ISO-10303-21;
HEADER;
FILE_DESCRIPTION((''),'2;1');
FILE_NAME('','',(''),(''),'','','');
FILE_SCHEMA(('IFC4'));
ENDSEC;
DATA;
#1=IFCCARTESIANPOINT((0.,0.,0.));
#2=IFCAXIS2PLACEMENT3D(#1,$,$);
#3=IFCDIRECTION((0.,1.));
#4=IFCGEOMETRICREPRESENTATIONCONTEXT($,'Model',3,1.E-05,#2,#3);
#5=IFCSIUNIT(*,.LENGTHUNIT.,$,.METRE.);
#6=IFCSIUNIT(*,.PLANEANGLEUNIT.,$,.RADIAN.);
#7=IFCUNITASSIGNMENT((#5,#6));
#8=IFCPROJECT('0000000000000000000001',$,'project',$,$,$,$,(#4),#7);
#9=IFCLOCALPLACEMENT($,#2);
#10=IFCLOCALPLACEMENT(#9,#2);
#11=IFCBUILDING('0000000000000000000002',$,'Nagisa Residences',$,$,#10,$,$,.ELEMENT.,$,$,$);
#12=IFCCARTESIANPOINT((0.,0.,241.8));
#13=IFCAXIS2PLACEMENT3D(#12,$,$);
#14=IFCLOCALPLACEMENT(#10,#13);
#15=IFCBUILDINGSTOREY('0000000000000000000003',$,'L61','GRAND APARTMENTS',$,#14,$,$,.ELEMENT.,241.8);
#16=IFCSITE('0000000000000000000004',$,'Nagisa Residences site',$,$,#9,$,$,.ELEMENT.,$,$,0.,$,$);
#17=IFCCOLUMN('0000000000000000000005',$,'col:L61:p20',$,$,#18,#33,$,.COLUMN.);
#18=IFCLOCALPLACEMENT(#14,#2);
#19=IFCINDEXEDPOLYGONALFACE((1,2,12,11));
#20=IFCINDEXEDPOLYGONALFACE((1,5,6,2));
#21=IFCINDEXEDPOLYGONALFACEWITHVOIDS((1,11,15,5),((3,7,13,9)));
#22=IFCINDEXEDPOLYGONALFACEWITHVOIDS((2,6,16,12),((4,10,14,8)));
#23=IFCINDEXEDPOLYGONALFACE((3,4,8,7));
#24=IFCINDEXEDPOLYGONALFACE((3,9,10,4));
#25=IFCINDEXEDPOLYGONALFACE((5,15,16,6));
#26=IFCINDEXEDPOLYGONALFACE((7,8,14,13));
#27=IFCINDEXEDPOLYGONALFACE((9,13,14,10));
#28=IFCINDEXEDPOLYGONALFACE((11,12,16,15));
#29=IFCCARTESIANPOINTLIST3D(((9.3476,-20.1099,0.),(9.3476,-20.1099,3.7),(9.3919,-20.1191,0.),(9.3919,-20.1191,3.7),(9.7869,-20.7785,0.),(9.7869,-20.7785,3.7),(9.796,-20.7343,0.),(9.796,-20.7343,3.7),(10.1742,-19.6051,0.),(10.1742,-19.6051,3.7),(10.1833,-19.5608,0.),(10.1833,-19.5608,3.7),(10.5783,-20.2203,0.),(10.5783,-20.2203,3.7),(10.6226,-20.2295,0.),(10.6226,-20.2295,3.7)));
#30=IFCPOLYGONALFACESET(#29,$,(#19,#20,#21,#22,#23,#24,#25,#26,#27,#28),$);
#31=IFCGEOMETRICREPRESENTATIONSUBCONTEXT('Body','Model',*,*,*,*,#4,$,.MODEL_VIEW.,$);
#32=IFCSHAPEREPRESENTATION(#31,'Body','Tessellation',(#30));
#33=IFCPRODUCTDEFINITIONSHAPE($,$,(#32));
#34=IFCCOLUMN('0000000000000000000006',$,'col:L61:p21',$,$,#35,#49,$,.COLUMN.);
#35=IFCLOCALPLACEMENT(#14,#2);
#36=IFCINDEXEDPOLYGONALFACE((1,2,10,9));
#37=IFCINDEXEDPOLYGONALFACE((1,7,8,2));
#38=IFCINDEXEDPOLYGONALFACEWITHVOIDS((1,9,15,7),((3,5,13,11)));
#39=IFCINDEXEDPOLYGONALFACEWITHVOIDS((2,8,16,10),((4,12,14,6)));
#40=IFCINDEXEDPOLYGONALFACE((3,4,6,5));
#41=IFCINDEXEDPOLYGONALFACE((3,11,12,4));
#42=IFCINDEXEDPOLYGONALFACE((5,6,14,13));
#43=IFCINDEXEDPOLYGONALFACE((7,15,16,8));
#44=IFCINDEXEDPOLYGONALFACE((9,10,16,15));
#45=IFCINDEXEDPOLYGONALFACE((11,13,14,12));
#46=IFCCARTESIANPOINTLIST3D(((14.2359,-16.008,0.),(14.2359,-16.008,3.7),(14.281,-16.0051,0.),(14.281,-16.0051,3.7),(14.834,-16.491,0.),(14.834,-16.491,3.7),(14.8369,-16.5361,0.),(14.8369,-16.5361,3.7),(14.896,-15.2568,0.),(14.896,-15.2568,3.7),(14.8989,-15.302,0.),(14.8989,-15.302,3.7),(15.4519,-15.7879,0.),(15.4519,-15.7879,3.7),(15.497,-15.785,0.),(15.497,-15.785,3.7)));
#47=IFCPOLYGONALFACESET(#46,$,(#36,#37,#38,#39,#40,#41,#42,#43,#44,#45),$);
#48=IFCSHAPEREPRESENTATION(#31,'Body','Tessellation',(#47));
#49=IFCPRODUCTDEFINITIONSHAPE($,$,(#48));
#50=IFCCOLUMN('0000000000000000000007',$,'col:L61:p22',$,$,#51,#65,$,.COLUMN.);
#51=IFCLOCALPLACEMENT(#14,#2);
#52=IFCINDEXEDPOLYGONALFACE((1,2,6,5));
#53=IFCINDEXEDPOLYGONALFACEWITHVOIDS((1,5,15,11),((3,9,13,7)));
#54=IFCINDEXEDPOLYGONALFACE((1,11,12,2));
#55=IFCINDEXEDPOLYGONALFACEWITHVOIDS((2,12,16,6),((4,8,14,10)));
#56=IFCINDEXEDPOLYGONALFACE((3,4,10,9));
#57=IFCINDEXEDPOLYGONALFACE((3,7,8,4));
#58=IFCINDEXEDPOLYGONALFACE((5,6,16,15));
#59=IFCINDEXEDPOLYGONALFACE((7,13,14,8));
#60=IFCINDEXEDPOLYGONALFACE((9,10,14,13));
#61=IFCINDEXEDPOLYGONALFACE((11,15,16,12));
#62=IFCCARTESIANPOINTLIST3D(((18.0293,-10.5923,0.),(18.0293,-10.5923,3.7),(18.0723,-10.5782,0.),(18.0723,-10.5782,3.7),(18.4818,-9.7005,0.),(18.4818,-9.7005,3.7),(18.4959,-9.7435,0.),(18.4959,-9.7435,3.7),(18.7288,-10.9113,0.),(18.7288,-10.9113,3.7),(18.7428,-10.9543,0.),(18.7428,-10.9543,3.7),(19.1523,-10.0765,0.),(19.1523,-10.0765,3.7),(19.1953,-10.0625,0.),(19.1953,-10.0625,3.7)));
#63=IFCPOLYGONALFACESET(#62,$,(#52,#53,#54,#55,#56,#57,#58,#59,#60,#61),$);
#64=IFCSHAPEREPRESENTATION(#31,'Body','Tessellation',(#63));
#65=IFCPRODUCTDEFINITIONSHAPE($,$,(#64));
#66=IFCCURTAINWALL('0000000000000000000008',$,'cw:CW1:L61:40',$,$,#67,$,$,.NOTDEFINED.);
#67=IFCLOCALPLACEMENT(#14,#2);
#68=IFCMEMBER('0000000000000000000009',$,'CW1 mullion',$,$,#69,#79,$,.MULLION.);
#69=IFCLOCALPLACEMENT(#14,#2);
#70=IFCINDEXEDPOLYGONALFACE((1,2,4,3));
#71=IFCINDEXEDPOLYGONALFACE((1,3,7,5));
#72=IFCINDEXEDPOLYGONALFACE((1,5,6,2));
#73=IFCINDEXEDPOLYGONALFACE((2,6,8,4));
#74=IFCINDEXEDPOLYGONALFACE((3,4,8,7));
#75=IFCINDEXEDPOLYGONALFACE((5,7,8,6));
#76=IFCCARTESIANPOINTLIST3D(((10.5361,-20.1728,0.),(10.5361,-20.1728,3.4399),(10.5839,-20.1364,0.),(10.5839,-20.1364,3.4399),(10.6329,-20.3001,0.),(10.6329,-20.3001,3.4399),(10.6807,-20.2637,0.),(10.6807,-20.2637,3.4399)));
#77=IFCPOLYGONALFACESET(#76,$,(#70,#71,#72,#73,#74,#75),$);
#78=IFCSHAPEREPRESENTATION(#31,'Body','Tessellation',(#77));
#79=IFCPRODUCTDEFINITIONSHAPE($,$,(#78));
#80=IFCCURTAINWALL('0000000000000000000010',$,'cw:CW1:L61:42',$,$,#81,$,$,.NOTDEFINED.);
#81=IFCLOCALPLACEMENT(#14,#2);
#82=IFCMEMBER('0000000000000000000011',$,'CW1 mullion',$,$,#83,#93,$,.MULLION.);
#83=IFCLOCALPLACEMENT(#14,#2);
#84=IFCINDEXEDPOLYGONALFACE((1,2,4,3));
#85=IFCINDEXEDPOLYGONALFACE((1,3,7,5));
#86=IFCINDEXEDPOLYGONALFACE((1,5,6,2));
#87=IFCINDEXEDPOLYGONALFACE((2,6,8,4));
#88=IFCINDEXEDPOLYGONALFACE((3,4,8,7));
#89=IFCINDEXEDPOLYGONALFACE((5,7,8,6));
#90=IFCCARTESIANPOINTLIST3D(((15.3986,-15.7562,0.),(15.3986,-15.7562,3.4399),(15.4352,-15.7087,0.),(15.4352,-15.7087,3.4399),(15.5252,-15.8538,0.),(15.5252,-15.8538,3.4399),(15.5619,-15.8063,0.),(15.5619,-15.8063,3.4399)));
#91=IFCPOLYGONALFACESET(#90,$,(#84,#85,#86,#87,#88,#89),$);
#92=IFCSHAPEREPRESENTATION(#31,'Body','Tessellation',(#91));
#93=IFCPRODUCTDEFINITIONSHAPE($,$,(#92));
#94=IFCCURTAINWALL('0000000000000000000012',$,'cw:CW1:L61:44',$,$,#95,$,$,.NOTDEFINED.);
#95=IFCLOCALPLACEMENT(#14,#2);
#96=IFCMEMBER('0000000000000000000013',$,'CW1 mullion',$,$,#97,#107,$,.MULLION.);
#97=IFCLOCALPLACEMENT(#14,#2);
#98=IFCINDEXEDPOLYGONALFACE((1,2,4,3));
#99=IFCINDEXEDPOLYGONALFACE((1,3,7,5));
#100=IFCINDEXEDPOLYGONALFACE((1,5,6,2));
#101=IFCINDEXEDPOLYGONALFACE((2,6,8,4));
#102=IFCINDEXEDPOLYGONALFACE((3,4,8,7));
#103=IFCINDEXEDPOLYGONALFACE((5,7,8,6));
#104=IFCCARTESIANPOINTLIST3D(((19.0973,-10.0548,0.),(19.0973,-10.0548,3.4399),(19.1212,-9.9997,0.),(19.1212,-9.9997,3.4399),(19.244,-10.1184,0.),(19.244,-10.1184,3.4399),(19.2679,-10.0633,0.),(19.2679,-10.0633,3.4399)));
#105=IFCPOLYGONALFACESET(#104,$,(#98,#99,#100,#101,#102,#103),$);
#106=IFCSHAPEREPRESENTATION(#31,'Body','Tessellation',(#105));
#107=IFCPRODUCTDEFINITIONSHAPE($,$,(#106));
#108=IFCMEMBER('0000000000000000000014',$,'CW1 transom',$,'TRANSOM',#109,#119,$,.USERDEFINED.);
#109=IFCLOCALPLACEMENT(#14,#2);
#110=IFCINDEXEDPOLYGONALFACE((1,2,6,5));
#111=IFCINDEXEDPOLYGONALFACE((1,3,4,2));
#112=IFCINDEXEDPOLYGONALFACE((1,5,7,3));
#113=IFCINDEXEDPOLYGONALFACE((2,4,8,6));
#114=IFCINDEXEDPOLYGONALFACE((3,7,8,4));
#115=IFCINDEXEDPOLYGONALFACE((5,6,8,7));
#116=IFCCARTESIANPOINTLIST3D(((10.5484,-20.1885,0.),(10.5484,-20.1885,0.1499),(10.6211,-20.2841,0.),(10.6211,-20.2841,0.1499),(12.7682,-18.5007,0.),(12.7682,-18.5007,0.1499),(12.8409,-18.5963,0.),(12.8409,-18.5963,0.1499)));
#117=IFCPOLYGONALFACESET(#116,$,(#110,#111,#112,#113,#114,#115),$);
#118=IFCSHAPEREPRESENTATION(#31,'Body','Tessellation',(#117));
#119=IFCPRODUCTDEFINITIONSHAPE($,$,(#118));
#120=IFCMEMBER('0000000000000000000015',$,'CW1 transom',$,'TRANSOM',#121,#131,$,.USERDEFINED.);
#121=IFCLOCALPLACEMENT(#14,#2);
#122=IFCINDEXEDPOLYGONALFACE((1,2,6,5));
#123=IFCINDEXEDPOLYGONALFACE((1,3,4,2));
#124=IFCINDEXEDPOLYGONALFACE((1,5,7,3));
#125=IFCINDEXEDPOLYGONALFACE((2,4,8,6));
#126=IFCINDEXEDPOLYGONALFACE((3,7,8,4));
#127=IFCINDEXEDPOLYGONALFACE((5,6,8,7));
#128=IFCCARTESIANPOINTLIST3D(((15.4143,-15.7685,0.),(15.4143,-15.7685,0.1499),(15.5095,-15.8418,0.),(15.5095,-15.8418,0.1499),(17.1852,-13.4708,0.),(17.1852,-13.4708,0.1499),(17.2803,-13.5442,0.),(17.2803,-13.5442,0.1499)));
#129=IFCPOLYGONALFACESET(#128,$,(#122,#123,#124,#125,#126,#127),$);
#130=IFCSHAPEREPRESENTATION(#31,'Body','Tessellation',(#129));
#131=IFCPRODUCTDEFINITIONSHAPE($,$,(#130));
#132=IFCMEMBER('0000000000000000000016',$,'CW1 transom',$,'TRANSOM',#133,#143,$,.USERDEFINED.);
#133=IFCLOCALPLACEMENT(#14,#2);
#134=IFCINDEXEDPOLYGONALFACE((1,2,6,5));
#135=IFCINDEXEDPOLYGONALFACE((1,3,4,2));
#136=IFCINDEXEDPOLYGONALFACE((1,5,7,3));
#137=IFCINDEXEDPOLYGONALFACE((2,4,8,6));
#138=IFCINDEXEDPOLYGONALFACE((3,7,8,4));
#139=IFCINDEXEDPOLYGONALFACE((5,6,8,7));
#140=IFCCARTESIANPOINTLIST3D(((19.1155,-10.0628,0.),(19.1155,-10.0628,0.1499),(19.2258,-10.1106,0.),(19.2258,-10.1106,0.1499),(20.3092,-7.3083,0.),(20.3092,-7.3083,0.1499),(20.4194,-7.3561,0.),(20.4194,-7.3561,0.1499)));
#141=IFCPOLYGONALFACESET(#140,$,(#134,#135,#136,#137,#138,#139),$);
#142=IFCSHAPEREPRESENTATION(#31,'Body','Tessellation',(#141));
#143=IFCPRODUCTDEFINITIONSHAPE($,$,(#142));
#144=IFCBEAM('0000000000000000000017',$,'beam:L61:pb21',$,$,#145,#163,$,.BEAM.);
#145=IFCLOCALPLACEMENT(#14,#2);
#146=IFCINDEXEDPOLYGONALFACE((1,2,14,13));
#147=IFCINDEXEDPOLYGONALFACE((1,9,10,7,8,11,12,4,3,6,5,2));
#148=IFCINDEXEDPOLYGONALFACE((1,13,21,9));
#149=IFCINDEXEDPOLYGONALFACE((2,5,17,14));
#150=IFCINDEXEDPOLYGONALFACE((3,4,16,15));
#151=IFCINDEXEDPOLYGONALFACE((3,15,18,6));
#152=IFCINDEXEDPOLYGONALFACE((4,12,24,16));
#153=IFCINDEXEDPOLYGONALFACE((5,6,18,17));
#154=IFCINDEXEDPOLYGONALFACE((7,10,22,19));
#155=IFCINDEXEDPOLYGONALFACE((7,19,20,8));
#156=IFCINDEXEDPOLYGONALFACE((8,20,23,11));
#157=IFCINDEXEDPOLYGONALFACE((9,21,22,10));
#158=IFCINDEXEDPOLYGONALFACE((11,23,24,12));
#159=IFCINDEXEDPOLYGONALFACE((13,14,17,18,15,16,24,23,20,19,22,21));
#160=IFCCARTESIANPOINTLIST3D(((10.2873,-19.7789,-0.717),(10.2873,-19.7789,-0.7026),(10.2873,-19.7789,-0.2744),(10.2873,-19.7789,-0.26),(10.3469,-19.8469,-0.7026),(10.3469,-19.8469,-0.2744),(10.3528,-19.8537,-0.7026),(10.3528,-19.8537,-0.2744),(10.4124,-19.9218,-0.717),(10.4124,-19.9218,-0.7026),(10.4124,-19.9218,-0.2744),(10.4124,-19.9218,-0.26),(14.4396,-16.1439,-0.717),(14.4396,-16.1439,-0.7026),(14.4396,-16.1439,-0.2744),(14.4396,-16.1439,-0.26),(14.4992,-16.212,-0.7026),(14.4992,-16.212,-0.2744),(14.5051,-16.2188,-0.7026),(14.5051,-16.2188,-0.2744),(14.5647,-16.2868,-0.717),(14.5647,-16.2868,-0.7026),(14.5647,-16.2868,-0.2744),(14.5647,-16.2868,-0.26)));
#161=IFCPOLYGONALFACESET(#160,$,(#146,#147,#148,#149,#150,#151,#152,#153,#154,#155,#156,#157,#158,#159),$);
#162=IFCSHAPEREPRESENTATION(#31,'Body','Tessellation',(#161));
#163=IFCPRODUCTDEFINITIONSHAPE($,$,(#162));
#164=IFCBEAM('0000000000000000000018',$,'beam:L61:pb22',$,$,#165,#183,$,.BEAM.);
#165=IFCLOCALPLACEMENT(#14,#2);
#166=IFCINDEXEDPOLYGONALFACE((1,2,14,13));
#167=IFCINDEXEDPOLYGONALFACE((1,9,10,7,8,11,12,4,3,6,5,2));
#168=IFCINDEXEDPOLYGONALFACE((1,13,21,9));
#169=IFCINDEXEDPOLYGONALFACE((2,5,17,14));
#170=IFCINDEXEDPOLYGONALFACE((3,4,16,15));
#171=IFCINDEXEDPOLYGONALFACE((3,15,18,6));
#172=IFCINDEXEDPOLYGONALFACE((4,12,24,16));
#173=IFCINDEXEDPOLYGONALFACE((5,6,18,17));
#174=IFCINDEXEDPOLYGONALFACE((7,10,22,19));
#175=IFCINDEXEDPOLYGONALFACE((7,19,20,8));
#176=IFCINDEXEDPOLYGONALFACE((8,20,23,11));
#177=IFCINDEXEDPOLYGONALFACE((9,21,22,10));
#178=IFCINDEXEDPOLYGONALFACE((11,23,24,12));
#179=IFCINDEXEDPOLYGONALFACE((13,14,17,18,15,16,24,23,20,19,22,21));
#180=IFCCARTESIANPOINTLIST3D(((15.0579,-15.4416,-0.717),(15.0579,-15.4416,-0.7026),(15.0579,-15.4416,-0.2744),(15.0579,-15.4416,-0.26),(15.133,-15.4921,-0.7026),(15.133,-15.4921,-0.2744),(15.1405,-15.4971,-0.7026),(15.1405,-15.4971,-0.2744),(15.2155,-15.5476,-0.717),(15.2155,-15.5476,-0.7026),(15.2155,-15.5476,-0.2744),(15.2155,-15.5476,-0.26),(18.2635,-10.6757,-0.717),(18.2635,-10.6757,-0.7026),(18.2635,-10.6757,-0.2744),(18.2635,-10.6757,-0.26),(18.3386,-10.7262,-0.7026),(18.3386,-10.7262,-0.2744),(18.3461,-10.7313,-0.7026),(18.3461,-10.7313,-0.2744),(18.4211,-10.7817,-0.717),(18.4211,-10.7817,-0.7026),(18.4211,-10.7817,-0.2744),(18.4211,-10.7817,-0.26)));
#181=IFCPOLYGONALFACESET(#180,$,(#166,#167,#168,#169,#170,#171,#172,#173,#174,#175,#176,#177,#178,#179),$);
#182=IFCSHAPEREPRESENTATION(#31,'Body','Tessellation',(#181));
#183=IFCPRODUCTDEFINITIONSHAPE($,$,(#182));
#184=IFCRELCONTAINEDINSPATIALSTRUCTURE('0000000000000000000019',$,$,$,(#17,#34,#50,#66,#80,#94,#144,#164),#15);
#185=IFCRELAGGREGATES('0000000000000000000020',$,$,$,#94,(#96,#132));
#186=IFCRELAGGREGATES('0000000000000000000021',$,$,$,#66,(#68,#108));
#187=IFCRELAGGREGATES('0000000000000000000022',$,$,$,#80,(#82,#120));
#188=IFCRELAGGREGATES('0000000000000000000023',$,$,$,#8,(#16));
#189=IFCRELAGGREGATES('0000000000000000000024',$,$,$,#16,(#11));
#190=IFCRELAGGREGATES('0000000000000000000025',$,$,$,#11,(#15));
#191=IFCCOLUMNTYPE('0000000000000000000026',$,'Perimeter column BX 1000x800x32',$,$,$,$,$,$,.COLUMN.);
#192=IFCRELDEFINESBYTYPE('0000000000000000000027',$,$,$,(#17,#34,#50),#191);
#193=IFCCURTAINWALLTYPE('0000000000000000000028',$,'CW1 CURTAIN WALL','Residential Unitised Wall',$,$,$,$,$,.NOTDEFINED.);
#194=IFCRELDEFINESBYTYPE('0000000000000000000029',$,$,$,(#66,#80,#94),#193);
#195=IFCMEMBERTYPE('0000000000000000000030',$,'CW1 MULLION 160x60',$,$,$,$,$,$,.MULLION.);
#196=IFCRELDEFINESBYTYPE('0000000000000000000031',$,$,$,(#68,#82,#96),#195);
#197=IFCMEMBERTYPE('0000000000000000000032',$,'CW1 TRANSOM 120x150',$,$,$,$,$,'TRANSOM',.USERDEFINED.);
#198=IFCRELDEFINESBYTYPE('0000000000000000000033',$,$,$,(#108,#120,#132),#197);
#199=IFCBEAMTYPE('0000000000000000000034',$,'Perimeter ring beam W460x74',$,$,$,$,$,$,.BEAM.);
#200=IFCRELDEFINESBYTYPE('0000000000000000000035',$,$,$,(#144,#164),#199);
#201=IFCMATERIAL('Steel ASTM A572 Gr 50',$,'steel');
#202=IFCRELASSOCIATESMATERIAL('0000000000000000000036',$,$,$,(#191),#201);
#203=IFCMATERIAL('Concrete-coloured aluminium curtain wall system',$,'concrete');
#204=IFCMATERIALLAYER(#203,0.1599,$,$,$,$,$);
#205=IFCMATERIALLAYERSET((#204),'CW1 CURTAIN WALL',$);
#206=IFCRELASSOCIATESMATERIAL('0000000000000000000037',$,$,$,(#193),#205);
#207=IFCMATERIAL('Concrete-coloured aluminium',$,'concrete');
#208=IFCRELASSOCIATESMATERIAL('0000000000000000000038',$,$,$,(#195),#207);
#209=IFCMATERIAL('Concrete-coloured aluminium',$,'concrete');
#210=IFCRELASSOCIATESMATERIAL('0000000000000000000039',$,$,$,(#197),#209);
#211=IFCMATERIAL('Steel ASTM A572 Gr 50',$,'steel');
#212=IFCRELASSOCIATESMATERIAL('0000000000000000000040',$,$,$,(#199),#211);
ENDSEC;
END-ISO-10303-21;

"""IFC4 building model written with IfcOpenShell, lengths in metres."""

from ifc_helpers import new_model, si_unit, direction, frame, origin, origin_2d, place, context, subcontext, project, spatial, rectangle, hollow_rectangle, i_section, extrude, material, layer, layer_set, material_profile, profile_set, type_object, element, aggregate, save


model = new_model("IFC4")

# Units and contexts
model_context = context("Model", 3, precision=1e-05, world=origin(), true_north=direction((0.0, 1.0)))
body_context = subcontext(model_context, "Body", "Model", "MODEL_VIEW")
ifc_project = project(units=[si_unit("LENGTHUNIT", "METRE"), si_unit("PLANEANGLEUNIT", "RADIAN")], contexts=[model_context])

# Site, building, storey
site_placement = place(None, origin())
site = spatial("IfcSite", under=ifc_project, at=site_placement, Name="Nagisa Residences site", CompositionType="ELEMENT", RefElevation=0.0)
building_placement = place(site_placement, origin())
building = spatial("IfcBuilding", under=site, at=building_placement, Name="Nagisa Residences", CompositionType="ELEMENT")
storey_placement = place(building_placement, frame((0.0, 0.0, 241.8)))
storey = spatial("IfcBuildingStorey", under=building, at=storey_placement, Name="L61", Description="GRAND APARTMENTS", CompositionType="ELEMENT", Elevation=241.8)

# Columns
ifc_material_1 = material(Name="Steel ASTM A572 Gr 50", Category="steel")
ifc_material_profile_1 = material_profile(ifc_material_1, hollow_rectangle(XDim=1.0, YDim=0.8, WallThickness=0.032, at=origin_2d()), Name="BX 1000x800x32")
ifc_profile_set_1 = profile_set([ifc_material_profile_1], Name="Steel ASTM A572 Gr 50")
column_type = type_object("IfcColumnType", Name="Perimeter column BX 1000x800x32", PredefinedType="COLUMN", material=ifc_profile_set_1)
for number, where, z_axis, x_axis, name in (
    (1, (9.9851, -20.1697, 0.0), (0.0, 0.0, 1.0), (0.835766, 0.549086, 0.0), "col:L61:p20"),
    (2, (14.8665, -15.8965, 0.0), (0.0, 0.0, 1.0), (0.660115, 0.751165, 0.0), "col:L61:p21"),
    (3, (18.6123, -10.3274, 0.0), (0.0, 0.0, 1.0), (0.452463, 0.891783, 0.0), "col:L61:p22"),
):
    element("IfcColumn", number, at=place(storey_placement, frame(where, z_axis=z_axis, x_axis=x_axis)), inside=storey, type_object=column_type, Name=name, PredefinedType="COLUMN", context=body_context, shape_type="SweptSolid", body=[
        extrude(hollow_rectangle(XDim=1.0, YDim=0.8, WallThickness=0.032, at=origin_2d()), origin(), (0.0, 0.0, 1.0), 3.7),
    ])

# Curtain walls, members
ifc_material_2 = material(Name="Concrete-coloured aluminium curtain wall system", Category="concrete")
ifc_layer_1 = layer(ifc_material_2, 0.1599)
ifc_layer_set_1 = layer_set([ifc_layer_1], Name="CW1 CURTAIN WALL")
curtain_wall_type = type_object("IfcCurtainWallType", Name="CW1 CURTAIN WALL", Description="Residential Unitised Wall", PredefinedType="NOTDEFINED", material=ifc_layer_set_1)
curtain_wall_1_placement = place(storey_placement, origin())
curtain_wall_1 = element("IfcCurtainWall", 4, at=curtain_wall_1_placement, inside=storey, type_object=curtain_wall_type, Name="cw:CW1:L61:40", PredefinedType="NOTDEFINED")
ifc_material_3 = material(Name="Concrete-coloured aluminium", Category="concrete")
ifc_material_profile_2 = material_profile(ifc_material_3, rectangle(XDim=0.1599, YDim=0.0601, at=origin_2d()), Name="CW1 MULLION 160x60")
ifc_profile_set_2 = profile_set([ifc_material_profile_2], Name="Concrete-coloured aluminium")
member_type_1 = type_object("IfcMemberType", Name="CW1 MULLION 160x60", PredefinedType="MULLION", material=ifc_profile_set_2)
member_1_placement = place(storey_placement, frame((10.6084, -20.2183, 0.0), z_axis=(0.0, 0.0, 1.0), x_axis=(-0.605255, 0.796031, 0.0)))
member_1 = element("IfcMember", 5, at=member_1_placement, type_object=member_type_1, Name="CW1 mullion", PredefinedType="MULLION", context=body_context, shape_type="SweptSolid", body=[
    extrude(rectangle(XDim=0.1599, YDim=0.0601, at=origin_2d()), origin(), (0.0, 0.0, 1.0), 3.4399),
])
curtain_wall_2_placement = place(storey_placement, origin())
curtain_wall_2 = element("IfcCurtainWall", 6, at=curtain_wall_2_placement, inside=storey, type_object=curtain_wall_type, Name="cw:CW1:L61:42", PredefinedType="NOTDEFINED")
member_2_placement = place(storey_placement, frame((15.4802, -15.7812, 0.0), z_axis=(0.0, 0.0, 1.0), x_axis=(-0.79207, 0.61043, 0.0)))
member_2 = element("IfcMember", 7, at=member_2_placement, type_object=member_type_1, Name="CW1 mullion", PredefinedType="MULLION", context=body_context, shape_type="SweptSolid", body=[
    extrude(rectangle(XDim=0.1599, YDim=0.0601, at=origin_2d()), origin(), (0.0, 0.0, 1.0), 3.4399),
])
curtain_wall_3_placement = place(storey_placement, origin())
curtain_wall_3 = element("IfcCurtainWall", 8, at=curtain_wall_3_placement, inside=storey, type_object=curtain_wall_type, Name="cw:CW1:L61:44", PredefinedType="NOTDEFINED")
member_3_placement = place(storey_placement, frame((19.1826, -10.0591, 0.0), z_axis=(0.0, 0.0, 1.0), x_axis=(-0.917543, 0.397636, 0.0)))
member_3 = element("IfcMember", 9, at=member_3_placement, type_object=member_type_1, Name="CW1 mullion", PredefinedType="MULLION", context=body_context, shape_type="SweptSolid", body=[
    extrude(rectangle(XDim=0.1599, YDim=0.0601, at=origin_2d()), origin(), (0.0, 0.0, 1.0), 3.4399),
])

# Members
ifc_material_4 = material(Name="Concrete-coloured aluminium", Category="concrete")
ifc_material_profile_3 = material_profile(ifc_material_4, rectangle(XDim=0.1201, YDim=0.1499, at=origin_2d()), Name="CW1 TRANSOM 120x150")
ifc_profile_set_3 = profile_set([ifc_material_profile_3], Name="Concrete-coloured aluminium")
member_type_2 = type_object("IfcMemberType", Name="CW1 TRANSOM 120x150", ElementType="TRANSOM", PredefinedType="USERDEFINED", material=ifc_profile_set_3)
member_4_placement = place(storey_placement, frame((10.5847, -20.2363, 0.075), z_axis=(0.796032, 0.605254, 0.0), x_axis=(-0.605254, 0.796032, 0.0)))
member_4 = element("IfcMember", 10, at=member_4_placement, type_object=member_type_2, Name="CW1 transom", ObjectType="TRANSOM", PredefinedType="USERDEFINED", context=body_context, shape_type="SweptSolid", body=[
    extrude(rectangle(XDim=0.1201, YDim=0.1499, at=origin_2d()), origin(), (0.0, 0.0, 1.0), 2.7886),
])
member_5_placement = place(storey_placement, frame((15.4619, -15.8052, 0.075), z_axis=(0.610439, 0.792064, 0.0), x_axis=(-0.792064, 0.610439, 0.0)))
member_5 = element("IfcMember", 11, at=member_5_placement, type_object=member_type_2, Name="CW1 transom", ObjectType="TRANSOM", PredefinedType="USERDEFINED", context=body_context, shape_type="SweptSolid", body=[
    extrude(rectangle(XDim=0.1201, YDim=0.1499, at=origin_2d()), origin(), (0.0, 0.0, 1.0), 2.9009),
])
member_6_placement = place(storey_placement, frame((19.1707, -10.0867, 0.075), z_axis=(0.397617, 0.917552, 0.0), x_axis=(-0.917552, 0.397617, 0.0)))
member_6 = element("IfcMember", 12, at=member_6_placement, type_object=member_type_2, Name="CW1 transom", ObjectType="TRANSOM", PredefinedType="USERDEFINED", context=body_context, shape_type="SweptSolid", body=[
    extrude(rectangle(XDim=0.1201, YDim=0.1499, at=origin_2d()), origin(), (0.0, 0.0, 1.0), 3.002),
])
aggregate(curtain_wall_3, [member_3, member_6])

# Beams
ifc_material_5 = material(Name="Steel ASTM A572 Gr 50", Category="steel")
ifc_material_profile_4 = material_profile(ifc_material_5, i_section(OverallWidth=0.1899, OverallDepth=0.457, WebThickness=0.009, FlangeThickness=0.0144, at=origin_2d()), Name="W460x74")
ifc_profile_set_4 = profile_set([ifc_material_profile_4], Name="Steel ASTM A572 Gr 50")
beam_type_1 = type_object("IfcBeamType", Name="Perimeter ring beam W460x74", PredefinedType="BEAM", material=ifc_profile_set_4)
beam_1_placement = place(storey_placement, frame((10.3499, -19.8503, -0.4885), z_axis=(0.752423, 0.65868, 0.0), x_axis=(-0.65868, 0.752423, 0.0)))
element("IfcBeam", 13, at=beam_1_placement, inside=storey, type_object=beam_type_1, Name="beam:L61:pb21", PredefinedType="BEAM", context=body_context, shape_type="SweptSolid", body=[
    extrude(i_section(OverallWidth=0.1899, OverallDepth=0.457, WebThickness=0.009, FlangeThickness=0.0144, at=origin_2d()), origin(), (0.0, 0.0, 1.0), 5.5186),
])
beam_2_placement = place(storey_placement, frame((15.1367, -15.4946, -0.4885), z_axis=(0.558109, 0.829768, 0.0), x_axis=(-0.829768, 0.558109, 0.0)))
element("IfcBeam", 14, at=beam_2_placement, inside=storey, type_object=beam_type_1, Name="beam:L61:pb22", PredefinedType="BEAM", context=body_context, shape_type="SweptSolid", body=[
    extrude(i_section(OverallWidth=0.1899, OverallDepth=0.457, WebThickness=0.009, FlangeThickness=0.0144, at=origin_2d()), origin(), (0.0, 0.0, 1.0), 5.7437),
])

aggregate(curtain_wall_1, [member_1, member_4])
aggregate(curtain_wall_2, [member_2, member_5])

save(model, "model.ifc")
